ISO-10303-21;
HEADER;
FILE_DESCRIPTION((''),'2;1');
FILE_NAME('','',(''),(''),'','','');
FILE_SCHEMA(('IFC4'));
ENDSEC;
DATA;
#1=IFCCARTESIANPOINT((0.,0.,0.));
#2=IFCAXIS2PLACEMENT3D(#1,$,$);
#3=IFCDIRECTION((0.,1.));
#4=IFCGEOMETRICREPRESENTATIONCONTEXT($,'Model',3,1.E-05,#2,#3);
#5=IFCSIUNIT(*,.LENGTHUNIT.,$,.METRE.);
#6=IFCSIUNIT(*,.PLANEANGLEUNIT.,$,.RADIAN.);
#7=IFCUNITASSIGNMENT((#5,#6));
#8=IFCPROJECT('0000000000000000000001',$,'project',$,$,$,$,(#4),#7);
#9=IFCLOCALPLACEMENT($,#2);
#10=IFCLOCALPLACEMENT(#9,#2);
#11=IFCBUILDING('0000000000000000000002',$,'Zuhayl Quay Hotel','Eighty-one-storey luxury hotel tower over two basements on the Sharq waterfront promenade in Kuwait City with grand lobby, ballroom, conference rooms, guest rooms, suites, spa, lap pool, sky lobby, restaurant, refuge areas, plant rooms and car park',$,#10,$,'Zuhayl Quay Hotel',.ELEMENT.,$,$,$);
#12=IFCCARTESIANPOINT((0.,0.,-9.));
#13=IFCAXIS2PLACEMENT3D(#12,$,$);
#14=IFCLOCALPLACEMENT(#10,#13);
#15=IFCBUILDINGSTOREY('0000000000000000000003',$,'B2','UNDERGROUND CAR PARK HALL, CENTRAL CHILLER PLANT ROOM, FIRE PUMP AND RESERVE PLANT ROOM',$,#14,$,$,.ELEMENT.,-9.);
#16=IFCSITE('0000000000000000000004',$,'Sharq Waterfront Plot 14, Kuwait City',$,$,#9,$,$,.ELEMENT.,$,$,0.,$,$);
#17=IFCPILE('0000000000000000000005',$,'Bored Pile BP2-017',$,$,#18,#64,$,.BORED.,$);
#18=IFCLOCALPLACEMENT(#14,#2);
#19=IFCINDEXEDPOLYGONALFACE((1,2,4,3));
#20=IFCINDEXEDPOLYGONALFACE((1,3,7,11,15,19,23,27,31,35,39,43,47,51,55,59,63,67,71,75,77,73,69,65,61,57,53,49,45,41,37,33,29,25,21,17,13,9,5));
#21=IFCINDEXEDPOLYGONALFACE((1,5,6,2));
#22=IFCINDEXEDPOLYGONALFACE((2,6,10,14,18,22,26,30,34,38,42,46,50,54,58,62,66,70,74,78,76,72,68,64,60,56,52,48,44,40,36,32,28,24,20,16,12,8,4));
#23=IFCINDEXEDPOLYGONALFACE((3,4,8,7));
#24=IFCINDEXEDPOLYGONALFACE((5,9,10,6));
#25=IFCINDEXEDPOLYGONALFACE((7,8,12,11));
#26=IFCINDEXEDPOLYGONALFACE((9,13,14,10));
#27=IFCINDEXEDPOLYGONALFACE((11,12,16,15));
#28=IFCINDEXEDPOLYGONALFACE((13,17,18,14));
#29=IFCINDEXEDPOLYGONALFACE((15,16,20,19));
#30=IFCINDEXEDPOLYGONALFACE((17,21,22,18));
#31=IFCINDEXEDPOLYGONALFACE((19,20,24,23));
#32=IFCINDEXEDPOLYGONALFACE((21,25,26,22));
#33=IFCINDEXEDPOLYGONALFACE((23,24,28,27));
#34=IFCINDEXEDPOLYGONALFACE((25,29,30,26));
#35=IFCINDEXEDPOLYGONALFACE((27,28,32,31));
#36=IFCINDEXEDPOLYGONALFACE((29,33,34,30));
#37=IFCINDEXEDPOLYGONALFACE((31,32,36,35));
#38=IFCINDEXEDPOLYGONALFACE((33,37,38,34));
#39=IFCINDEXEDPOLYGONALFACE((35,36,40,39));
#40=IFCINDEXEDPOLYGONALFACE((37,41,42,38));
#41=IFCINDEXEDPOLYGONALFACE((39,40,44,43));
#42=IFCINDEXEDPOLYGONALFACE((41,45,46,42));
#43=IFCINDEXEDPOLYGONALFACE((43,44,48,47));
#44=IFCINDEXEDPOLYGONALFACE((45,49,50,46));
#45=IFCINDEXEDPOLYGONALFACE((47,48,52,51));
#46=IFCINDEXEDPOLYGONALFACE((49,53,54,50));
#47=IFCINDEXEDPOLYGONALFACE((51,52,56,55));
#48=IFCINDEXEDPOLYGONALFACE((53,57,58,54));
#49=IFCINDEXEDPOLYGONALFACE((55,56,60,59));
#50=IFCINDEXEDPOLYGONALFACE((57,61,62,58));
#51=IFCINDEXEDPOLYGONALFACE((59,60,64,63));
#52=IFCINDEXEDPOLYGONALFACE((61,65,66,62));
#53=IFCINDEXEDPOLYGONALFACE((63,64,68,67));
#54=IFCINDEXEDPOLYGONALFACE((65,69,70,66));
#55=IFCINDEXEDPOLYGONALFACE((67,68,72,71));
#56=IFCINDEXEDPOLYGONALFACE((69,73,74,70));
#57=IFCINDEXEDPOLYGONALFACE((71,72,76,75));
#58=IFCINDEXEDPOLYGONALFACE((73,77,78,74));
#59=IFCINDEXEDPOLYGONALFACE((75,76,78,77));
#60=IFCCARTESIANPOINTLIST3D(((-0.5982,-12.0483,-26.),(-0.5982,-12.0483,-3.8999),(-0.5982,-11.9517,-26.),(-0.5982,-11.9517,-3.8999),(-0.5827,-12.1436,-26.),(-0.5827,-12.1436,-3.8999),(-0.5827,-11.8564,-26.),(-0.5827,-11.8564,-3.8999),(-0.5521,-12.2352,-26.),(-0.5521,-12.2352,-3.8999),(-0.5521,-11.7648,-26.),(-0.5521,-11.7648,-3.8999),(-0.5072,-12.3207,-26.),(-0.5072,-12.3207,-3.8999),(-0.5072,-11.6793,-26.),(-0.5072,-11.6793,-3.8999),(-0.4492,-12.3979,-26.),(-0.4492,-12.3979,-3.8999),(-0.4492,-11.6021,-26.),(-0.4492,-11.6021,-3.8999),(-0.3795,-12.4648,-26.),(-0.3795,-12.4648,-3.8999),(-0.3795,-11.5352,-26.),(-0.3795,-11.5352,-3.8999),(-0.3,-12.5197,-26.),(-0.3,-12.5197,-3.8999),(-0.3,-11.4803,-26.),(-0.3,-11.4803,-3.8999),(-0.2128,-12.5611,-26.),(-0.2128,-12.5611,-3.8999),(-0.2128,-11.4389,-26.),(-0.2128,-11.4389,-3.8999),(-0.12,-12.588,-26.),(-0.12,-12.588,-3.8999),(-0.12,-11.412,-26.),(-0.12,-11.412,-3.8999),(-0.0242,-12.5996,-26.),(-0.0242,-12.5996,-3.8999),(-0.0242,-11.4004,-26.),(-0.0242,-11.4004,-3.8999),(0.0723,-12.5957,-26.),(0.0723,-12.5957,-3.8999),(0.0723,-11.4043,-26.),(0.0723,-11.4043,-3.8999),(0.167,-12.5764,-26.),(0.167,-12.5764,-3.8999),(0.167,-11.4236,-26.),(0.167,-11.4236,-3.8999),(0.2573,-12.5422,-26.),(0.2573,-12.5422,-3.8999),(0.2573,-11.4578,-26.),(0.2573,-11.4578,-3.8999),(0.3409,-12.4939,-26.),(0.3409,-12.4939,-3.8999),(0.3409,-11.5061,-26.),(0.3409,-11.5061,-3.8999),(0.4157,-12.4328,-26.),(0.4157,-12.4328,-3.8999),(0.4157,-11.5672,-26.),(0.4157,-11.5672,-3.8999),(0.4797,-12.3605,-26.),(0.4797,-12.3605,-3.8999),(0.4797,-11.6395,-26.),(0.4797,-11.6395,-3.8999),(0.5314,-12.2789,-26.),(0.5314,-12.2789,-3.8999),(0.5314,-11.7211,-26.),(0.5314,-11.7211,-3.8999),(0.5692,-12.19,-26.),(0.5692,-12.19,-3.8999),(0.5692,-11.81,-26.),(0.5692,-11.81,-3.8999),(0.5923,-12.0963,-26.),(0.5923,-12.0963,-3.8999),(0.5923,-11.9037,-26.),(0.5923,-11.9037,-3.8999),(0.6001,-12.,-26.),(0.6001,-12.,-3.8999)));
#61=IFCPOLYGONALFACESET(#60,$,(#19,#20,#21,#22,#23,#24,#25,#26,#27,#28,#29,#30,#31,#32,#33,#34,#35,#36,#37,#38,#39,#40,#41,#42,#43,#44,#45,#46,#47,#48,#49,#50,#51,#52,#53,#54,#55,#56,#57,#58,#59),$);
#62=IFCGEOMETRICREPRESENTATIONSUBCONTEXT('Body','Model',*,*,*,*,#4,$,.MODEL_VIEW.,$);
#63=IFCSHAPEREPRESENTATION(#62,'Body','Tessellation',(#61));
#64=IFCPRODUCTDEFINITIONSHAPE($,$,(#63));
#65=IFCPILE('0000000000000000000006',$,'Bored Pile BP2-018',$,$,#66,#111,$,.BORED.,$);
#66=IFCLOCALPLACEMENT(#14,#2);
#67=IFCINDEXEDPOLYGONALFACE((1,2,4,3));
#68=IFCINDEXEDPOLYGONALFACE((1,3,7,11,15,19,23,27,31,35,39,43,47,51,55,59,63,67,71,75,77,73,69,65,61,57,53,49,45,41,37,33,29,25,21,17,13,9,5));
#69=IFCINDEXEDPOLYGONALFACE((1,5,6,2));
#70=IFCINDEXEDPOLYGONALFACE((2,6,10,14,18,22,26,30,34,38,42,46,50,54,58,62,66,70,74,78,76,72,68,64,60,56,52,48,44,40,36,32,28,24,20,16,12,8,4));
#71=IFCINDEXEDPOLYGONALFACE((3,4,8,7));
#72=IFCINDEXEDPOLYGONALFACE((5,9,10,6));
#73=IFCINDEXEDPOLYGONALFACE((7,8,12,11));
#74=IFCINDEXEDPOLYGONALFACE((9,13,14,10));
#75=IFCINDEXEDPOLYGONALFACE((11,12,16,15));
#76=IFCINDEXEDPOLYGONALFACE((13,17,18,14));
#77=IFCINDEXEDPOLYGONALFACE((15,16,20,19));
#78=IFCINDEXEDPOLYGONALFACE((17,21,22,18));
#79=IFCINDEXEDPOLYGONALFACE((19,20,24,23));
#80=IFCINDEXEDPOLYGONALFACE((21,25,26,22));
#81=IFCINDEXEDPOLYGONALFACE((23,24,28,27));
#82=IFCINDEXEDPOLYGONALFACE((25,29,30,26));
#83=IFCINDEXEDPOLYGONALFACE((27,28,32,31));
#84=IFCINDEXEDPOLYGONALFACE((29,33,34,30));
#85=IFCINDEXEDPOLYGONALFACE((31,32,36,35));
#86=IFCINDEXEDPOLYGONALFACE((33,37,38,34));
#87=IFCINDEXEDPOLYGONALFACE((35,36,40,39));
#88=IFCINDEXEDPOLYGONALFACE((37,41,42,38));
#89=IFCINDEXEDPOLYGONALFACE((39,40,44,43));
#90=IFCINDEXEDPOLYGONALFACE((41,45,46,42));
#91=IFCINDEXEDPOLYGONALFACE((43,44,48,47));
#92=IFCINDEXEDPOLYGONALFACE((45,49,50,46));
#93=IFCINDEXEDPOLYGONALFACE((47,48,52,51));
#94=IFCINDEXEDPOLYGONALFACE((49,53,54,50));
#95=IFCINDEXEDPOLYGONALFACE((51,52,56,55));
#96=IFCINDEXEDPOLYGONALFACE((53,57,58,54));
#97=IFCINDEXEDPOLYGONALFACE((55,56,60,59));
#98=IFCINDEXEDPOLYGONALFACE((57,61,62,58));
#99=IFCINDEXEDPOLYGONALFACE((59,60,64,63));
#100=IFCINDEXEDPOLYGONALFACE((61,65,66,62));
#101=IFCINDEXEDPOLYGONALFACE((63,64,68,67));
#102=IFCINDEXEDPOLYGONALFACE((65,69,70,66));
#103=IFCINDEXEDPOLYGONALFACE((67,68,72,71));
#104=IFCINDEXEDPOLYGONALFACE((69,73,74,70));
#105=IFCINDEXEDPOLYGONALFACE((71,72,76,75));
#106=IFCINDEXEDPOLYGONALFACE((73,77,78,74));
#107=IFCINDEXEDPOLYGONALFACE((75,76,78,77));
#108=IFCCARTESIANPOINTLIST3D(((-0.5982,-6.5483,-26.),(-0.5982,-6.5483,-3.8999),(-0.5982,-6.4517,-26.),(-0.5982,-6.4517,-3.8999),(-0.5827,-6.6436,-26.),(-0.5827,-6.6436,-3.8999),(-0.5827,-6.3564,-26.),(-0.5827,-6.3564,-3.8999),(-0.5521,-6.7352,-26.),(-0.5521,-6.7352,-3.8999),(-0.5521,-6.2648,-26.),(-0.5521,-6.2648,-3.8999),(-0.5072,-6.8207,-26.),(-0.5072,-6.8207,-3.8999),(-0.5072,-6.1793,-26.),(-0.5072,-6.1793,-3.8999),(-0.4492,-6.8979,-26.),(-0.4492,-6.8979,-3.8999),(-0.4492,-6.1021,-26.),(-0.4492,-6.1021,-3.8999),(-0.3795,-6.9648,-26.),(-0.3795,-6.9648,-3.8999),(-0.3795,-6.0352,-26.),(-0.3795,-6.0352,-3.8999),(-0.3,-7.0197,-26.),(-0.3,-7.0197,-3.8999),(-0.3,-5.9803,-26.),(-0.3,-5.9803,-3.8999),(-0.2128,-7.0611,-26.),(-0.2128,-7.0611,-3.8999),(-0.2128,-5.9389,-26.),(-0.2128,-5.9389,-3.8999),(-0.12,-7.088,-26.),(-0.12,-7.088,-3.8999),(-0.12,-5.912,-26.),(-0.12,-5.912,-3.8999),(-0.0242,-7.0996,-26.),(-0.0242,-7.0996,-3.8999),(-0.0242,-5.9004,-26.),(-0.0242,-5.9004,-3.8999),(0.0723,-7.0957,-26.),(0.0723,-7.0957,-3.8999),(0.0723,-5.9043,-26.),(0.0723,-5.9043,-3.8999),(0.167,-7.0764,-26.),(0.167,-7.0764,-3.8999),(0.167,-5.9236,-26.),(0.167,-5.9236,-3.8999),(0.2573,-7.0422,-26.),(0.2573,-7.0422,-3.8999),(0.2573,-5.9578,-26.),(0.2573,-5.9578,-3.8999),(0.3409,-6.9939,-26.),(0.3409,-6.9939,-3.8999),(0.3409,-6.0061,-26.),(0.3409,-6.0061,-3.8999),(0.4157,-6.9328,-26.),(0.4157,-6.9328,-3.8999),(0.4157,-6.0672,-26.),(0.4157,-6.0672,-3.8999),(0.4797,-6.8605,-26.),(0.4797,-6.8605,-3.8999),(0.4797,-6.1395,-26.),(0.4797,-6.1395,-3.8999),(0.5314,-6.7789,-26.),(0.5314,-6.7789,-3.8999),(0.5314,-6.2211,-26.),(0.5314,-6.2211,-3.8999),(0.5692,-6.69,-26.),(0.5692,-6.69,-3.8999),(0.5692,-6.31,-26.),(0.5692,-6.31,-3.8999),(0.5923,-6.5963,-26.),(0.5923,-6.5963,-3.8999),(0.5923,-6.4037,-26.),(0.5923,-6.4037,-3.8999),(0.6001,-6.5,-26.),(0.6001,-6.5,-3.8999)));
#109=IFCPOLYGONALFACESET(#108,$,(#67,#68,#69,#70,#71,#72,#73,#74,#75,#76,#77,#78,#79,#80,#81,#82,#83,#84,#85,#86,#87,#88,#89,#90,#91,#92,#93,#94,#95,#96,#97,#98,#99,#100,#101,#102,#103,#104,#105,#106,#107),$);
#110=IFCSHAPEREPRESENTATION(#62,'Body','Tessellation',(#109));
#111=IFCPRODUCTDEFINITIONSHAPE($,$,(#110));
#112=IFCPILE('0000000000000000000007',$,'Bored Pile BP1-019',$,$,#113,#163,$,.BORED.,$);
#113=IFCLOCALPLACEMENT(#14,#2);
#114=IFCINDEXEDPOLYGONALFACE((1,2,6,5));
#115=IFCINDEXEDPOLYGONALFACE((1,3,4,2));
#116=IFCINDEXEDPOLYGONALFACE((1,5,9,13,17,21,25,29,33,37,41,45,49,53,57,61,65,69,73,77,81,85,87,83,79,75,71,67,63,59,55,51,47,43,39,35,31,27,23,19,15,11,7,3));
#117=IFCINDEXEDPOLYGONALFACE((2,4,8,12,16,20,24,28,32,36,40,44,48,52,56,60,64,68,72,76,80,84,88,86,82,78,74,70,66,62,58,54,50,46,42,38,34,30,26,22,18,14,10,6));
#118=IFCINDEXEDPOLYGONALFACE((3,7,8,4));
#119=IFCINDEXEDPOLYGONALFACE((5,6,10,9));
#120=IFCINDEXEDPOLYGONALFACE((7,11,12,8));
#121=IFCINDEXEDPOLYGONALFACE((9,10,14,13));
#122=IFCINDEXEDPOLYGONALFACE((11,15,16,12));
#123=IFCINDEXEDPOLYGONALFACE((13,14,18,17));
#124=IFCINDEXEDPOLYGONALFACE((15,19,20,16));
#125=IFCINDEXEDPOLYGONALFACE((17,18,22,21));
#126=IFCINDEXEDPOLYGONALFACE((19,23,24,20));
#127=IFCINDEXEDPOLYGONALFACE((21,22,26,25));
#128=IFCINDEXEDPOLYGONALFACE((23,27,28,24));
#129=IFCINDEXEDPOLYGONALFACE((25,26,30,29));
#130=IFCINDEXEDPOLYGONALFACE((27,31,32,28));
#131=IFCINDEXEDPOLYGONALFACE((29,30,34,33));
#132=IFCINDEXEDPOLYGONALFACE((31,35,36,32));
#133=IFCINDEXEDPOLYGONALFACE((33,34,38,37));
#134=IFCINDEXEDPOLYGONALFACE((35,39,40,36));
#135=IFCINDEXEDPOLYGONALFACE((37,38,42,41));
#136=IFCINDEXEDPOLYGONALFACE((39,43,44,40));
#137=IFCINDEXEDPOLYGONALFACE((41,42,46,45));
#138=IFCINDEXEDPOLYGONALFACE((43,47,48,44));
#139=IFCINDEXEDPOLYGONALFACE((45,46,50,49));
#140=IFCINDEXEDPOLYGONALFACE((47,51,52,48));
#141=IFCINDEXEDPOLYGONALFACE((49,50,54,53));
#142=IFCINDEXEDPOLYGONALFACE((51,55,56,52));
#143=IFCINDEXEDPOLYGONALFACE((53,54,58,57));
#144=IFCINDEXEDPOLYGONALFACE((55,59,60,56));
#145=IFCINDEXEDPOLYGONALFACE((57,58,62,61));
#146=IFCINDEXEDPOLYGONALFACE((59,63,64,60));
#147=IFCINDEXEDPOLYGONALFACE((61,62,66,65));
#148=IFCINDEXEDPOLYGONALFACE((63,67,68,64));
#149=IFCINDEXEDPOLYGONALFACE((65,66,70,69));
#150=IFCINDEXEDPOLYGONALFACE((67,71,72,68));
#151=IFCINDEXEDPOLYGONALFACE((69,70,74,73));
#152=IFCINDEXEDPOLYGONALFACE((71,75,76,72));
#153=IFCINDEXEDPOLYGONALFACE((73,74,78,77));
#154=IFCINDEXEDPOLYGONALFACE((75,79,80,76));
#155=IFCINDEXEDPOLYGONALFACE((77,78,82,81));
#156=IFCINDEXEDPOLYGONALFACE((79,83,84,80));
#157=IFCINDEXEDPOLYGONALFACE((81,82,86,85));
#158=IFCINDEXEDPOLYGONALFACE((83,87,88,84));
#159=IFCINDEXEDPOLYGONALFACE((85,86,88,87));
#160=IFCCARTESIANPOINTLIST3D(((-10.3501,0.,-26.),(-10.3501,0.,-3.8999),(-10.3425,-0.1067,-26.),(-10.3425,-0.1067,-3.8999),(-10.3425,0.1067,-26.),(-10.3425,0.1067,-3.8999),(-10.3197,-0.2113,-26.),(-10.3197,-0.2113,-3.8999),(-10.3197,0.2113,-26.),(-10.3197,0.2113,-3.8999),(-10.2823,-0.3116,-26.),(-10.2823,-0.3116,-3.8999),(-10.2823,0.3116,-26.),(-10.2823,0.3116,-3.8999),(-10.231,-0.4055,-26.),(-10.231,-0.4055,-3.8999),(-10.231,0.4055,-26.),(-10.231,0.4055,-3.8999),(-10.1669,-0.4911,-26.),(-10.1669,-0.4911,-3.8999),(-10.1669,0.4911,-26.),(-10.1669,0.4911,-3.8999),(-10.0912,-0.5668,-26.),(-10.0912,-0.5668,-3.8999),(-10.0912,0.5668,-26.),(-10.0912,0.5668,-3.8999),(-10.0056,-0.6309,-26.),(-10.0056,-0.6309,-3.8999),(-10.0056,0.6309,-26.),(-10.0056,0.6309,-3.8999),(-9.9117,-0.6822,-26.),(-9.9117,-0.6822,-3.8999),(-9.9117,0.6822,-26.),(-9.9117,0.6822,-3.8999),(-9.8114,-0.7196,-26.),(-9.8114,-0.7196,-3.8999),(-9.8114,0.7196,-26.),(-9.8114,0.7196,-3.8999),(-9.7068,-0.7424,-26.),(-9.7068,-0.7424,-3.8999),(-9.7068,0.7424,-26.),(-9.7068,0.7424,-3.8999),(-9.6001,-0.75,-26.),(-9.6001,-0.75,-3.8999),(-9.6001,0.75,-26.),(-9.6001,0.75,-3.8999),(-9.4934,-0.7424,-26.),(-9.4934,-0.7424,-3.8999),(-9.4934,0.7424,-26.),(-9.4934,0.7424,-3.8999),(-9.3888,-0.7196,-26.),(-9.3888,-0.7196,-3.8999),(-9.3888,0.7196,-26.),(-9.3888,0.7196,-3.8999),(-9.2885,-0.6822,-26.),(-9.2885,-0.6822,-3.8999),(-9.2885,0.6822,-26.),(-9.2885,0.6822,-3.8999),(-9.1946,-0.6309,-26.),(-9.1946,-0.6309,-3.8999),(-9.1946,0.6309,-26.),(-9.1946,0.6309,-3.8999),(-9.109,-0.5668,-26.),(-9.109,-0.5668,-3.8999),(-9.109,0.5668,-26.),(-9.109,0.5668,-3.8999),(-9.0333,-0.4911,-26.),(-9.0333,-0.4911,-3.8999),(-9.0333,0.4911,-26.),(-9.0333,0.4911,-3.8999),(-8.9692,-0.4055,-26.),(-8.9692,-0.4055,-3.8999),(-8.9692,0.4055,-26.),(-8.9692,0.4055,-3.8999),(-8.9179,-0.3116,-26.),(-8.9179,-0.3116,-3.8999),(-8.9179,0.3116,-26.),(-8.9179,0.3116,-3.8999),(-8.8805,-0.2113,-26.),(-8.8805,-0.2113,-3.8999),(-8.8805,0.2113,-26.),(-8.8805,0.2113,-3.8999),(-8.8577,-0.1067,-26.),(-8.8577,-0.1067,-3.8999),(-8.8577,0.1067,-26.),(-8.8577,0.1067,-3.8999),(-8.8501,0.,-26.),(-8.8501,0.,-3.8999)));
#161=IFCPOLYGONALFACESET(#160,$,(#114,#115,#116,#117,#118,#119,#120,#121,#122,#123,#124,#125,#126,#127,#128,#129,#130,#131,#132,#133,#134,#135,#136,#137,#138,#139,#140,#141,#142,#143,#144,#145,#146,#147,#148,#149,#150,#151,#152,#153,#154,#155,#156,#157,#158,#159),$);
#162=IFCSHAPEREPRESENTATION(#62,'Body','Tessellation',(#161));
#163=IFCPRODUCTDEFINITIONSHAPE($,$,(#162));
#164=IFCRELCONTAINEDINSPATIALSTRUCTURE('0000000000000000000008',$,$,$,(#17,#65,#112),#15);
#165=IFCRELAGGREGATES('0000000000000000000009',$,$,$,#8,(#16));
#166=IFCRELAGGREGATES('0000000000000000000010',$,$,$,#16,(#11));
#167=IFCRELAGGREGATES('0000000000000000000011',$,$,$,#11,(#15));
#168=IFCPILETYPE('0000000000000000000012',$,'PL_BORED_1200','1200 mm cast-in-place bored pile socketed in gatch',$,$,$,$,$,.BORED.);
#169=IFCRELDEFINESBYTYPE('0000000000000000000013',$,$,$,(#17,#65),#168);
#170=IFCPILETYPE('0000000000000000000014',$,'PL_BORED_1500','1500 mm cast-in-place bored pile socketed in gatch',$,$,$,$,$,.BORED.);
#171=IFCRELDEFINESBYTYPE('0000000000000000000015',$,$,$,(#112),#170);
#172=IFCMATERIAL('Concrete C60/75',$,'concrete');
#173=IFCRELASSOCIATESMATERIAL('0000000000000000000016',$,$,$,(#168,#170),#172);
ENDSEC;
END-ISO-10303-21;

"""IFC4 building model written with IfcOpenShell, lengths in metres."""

from ifc_helpers import new_model, si_unit, direction, frame, origin, origin_2d, place, context, subcontext, project, spatial, circle, extrude, material, material_profile, profile_set, type_object, element, save


model = new_model("IFC4")

# Units and contexts
model_context = context("Model", 3, precision=1e-05, world=origin(), true_north=direction((0.0, 1.0)))
body_context = subcontext(model_context, "Body", "Model", "MODEL_VIEW")
ifc_project = project(units=[si_unit("LENGTHUNIT", "METRE"), si_unit("PLANEANGLEUNIT", "RADIAN")], contexts=[model_context])

# Site, building, storey
site_placement = place(None, origin())
site = spatial("IfcSite", under=ifc_project, at=site_placement, Name="Sharq Waterfront Plot 14, Kuwait City", CompositionType="ELEMENT", RefElevation=0.0)
building_placement = place(site_placement, origin())
building = spatial("IfcBuilding", under=site, at=building_placement, Name="Zuhayl Quay Hotel", Description="Eighty-one-storey luxury hotel tower over two basements on the Sharq waterfront promenade in Kuwait City with grand lobby, ballroom, conference rooms, guest rooms, suites, spa, lap pool, sky lobby, restaurant, refuge areas, plant rooms and car park", LongName="Zuhayl Quay Hotel", CompositionType="ELEMENT")
storey_placement = place(building_placement, frame((0.0, 0.0, -9.0)))
storey = spatial("IfcBuildingStorey", under=building, at=storey_placement, Name="B2", Description="UNDERGROUND CAR PARK HALL, CENTRAL CHILLER PLANT ROOM, FIRE PUMP AND RESERVE PLANT ROOM", CompositionType="ELEMENT", Elevation=-9.0)

# Piles
ifc_material_1 = material(Name="Concrete C60/75", Category="concrete")
ifc_material_profile_1 = material_profile(ifc_material_1, circle(Radius=0.6001, at=origin_2d()), Name="PILE1200")
ifc_profile_set_1 = profile_set([ifc_material_profile_1], Name="Concrete C60/75")
pile_type_1 = type_object("IfcPileType", Name="PL_BORED_1200", Description="1200 mm cast-in-place bored pile socketed in gatch", PredefinedType="BORED", material=ifc_profile_set_1)
for number, where, z_axis, x_axis, name in (
    (1, (0.0, -12.0, -3.8999), (0.0, 0.0, -1.0), (1.0, 0.0, 0.0), "Bored Pile BP2-017"),
    (2, (0.0, -6.5, -3.8999), (0.0, 0.0, -1.0), (1.0, 0.0, 0.0), "Bored Pile BP2-018"),
):
    element("IfcPile", number, at=place(storey_placement, frame(where, z_axis=z_axis, x_axis=x_axis)), inside=storey, type_object=pile_type_1, Name=name, PredefinedType="BORED", context=body_context, shape_type="SweptSolid", body=[
        extrude(circle(Radius=0.6001, at=origin_2d()), origin(), (0.0, 0.0, 1.0), 22.1001),
    ])
ifc_material_profile_2 = material_profile(ifc_material_1, circle(Radius=0.75, at=origin_2d()), Name="PILE1500")
ifc_profile_set_2 = profile_set([ifc_material_profile_2], Name="Concrete C60/75")
pile_type_2 = type_object("IfcPileType", Name="PL_BORED_1500", Description="1500 mm cast-in-place bored pile socketed in gatch", PredefinedType="BORED", material=ifc_profile_set_2)
for number, where, z_axis, x_axis, name in (
    (3, (-9.6001, 0.0, -3.8999), (0.0, 0.0, -1.0), (1.0, 0.0, 0.0), "Bored Pile BP1-019"),
):
    element("IfcPile", number, at=place(storey_placement, frame(where, z_axis=z_axis, x_axis=x_axis)), inside=storey, type_object=pile_type_2, Name=name, PredefinedType="BORED", context=body_context, shape_type="SweptSolid", body=[
        extrude(circle(Radius=0.75, at=origin_2d()), origin(), (0.0, 0.0, 1.0), 22.1001),
    ])

save(model, "model.ifc")
